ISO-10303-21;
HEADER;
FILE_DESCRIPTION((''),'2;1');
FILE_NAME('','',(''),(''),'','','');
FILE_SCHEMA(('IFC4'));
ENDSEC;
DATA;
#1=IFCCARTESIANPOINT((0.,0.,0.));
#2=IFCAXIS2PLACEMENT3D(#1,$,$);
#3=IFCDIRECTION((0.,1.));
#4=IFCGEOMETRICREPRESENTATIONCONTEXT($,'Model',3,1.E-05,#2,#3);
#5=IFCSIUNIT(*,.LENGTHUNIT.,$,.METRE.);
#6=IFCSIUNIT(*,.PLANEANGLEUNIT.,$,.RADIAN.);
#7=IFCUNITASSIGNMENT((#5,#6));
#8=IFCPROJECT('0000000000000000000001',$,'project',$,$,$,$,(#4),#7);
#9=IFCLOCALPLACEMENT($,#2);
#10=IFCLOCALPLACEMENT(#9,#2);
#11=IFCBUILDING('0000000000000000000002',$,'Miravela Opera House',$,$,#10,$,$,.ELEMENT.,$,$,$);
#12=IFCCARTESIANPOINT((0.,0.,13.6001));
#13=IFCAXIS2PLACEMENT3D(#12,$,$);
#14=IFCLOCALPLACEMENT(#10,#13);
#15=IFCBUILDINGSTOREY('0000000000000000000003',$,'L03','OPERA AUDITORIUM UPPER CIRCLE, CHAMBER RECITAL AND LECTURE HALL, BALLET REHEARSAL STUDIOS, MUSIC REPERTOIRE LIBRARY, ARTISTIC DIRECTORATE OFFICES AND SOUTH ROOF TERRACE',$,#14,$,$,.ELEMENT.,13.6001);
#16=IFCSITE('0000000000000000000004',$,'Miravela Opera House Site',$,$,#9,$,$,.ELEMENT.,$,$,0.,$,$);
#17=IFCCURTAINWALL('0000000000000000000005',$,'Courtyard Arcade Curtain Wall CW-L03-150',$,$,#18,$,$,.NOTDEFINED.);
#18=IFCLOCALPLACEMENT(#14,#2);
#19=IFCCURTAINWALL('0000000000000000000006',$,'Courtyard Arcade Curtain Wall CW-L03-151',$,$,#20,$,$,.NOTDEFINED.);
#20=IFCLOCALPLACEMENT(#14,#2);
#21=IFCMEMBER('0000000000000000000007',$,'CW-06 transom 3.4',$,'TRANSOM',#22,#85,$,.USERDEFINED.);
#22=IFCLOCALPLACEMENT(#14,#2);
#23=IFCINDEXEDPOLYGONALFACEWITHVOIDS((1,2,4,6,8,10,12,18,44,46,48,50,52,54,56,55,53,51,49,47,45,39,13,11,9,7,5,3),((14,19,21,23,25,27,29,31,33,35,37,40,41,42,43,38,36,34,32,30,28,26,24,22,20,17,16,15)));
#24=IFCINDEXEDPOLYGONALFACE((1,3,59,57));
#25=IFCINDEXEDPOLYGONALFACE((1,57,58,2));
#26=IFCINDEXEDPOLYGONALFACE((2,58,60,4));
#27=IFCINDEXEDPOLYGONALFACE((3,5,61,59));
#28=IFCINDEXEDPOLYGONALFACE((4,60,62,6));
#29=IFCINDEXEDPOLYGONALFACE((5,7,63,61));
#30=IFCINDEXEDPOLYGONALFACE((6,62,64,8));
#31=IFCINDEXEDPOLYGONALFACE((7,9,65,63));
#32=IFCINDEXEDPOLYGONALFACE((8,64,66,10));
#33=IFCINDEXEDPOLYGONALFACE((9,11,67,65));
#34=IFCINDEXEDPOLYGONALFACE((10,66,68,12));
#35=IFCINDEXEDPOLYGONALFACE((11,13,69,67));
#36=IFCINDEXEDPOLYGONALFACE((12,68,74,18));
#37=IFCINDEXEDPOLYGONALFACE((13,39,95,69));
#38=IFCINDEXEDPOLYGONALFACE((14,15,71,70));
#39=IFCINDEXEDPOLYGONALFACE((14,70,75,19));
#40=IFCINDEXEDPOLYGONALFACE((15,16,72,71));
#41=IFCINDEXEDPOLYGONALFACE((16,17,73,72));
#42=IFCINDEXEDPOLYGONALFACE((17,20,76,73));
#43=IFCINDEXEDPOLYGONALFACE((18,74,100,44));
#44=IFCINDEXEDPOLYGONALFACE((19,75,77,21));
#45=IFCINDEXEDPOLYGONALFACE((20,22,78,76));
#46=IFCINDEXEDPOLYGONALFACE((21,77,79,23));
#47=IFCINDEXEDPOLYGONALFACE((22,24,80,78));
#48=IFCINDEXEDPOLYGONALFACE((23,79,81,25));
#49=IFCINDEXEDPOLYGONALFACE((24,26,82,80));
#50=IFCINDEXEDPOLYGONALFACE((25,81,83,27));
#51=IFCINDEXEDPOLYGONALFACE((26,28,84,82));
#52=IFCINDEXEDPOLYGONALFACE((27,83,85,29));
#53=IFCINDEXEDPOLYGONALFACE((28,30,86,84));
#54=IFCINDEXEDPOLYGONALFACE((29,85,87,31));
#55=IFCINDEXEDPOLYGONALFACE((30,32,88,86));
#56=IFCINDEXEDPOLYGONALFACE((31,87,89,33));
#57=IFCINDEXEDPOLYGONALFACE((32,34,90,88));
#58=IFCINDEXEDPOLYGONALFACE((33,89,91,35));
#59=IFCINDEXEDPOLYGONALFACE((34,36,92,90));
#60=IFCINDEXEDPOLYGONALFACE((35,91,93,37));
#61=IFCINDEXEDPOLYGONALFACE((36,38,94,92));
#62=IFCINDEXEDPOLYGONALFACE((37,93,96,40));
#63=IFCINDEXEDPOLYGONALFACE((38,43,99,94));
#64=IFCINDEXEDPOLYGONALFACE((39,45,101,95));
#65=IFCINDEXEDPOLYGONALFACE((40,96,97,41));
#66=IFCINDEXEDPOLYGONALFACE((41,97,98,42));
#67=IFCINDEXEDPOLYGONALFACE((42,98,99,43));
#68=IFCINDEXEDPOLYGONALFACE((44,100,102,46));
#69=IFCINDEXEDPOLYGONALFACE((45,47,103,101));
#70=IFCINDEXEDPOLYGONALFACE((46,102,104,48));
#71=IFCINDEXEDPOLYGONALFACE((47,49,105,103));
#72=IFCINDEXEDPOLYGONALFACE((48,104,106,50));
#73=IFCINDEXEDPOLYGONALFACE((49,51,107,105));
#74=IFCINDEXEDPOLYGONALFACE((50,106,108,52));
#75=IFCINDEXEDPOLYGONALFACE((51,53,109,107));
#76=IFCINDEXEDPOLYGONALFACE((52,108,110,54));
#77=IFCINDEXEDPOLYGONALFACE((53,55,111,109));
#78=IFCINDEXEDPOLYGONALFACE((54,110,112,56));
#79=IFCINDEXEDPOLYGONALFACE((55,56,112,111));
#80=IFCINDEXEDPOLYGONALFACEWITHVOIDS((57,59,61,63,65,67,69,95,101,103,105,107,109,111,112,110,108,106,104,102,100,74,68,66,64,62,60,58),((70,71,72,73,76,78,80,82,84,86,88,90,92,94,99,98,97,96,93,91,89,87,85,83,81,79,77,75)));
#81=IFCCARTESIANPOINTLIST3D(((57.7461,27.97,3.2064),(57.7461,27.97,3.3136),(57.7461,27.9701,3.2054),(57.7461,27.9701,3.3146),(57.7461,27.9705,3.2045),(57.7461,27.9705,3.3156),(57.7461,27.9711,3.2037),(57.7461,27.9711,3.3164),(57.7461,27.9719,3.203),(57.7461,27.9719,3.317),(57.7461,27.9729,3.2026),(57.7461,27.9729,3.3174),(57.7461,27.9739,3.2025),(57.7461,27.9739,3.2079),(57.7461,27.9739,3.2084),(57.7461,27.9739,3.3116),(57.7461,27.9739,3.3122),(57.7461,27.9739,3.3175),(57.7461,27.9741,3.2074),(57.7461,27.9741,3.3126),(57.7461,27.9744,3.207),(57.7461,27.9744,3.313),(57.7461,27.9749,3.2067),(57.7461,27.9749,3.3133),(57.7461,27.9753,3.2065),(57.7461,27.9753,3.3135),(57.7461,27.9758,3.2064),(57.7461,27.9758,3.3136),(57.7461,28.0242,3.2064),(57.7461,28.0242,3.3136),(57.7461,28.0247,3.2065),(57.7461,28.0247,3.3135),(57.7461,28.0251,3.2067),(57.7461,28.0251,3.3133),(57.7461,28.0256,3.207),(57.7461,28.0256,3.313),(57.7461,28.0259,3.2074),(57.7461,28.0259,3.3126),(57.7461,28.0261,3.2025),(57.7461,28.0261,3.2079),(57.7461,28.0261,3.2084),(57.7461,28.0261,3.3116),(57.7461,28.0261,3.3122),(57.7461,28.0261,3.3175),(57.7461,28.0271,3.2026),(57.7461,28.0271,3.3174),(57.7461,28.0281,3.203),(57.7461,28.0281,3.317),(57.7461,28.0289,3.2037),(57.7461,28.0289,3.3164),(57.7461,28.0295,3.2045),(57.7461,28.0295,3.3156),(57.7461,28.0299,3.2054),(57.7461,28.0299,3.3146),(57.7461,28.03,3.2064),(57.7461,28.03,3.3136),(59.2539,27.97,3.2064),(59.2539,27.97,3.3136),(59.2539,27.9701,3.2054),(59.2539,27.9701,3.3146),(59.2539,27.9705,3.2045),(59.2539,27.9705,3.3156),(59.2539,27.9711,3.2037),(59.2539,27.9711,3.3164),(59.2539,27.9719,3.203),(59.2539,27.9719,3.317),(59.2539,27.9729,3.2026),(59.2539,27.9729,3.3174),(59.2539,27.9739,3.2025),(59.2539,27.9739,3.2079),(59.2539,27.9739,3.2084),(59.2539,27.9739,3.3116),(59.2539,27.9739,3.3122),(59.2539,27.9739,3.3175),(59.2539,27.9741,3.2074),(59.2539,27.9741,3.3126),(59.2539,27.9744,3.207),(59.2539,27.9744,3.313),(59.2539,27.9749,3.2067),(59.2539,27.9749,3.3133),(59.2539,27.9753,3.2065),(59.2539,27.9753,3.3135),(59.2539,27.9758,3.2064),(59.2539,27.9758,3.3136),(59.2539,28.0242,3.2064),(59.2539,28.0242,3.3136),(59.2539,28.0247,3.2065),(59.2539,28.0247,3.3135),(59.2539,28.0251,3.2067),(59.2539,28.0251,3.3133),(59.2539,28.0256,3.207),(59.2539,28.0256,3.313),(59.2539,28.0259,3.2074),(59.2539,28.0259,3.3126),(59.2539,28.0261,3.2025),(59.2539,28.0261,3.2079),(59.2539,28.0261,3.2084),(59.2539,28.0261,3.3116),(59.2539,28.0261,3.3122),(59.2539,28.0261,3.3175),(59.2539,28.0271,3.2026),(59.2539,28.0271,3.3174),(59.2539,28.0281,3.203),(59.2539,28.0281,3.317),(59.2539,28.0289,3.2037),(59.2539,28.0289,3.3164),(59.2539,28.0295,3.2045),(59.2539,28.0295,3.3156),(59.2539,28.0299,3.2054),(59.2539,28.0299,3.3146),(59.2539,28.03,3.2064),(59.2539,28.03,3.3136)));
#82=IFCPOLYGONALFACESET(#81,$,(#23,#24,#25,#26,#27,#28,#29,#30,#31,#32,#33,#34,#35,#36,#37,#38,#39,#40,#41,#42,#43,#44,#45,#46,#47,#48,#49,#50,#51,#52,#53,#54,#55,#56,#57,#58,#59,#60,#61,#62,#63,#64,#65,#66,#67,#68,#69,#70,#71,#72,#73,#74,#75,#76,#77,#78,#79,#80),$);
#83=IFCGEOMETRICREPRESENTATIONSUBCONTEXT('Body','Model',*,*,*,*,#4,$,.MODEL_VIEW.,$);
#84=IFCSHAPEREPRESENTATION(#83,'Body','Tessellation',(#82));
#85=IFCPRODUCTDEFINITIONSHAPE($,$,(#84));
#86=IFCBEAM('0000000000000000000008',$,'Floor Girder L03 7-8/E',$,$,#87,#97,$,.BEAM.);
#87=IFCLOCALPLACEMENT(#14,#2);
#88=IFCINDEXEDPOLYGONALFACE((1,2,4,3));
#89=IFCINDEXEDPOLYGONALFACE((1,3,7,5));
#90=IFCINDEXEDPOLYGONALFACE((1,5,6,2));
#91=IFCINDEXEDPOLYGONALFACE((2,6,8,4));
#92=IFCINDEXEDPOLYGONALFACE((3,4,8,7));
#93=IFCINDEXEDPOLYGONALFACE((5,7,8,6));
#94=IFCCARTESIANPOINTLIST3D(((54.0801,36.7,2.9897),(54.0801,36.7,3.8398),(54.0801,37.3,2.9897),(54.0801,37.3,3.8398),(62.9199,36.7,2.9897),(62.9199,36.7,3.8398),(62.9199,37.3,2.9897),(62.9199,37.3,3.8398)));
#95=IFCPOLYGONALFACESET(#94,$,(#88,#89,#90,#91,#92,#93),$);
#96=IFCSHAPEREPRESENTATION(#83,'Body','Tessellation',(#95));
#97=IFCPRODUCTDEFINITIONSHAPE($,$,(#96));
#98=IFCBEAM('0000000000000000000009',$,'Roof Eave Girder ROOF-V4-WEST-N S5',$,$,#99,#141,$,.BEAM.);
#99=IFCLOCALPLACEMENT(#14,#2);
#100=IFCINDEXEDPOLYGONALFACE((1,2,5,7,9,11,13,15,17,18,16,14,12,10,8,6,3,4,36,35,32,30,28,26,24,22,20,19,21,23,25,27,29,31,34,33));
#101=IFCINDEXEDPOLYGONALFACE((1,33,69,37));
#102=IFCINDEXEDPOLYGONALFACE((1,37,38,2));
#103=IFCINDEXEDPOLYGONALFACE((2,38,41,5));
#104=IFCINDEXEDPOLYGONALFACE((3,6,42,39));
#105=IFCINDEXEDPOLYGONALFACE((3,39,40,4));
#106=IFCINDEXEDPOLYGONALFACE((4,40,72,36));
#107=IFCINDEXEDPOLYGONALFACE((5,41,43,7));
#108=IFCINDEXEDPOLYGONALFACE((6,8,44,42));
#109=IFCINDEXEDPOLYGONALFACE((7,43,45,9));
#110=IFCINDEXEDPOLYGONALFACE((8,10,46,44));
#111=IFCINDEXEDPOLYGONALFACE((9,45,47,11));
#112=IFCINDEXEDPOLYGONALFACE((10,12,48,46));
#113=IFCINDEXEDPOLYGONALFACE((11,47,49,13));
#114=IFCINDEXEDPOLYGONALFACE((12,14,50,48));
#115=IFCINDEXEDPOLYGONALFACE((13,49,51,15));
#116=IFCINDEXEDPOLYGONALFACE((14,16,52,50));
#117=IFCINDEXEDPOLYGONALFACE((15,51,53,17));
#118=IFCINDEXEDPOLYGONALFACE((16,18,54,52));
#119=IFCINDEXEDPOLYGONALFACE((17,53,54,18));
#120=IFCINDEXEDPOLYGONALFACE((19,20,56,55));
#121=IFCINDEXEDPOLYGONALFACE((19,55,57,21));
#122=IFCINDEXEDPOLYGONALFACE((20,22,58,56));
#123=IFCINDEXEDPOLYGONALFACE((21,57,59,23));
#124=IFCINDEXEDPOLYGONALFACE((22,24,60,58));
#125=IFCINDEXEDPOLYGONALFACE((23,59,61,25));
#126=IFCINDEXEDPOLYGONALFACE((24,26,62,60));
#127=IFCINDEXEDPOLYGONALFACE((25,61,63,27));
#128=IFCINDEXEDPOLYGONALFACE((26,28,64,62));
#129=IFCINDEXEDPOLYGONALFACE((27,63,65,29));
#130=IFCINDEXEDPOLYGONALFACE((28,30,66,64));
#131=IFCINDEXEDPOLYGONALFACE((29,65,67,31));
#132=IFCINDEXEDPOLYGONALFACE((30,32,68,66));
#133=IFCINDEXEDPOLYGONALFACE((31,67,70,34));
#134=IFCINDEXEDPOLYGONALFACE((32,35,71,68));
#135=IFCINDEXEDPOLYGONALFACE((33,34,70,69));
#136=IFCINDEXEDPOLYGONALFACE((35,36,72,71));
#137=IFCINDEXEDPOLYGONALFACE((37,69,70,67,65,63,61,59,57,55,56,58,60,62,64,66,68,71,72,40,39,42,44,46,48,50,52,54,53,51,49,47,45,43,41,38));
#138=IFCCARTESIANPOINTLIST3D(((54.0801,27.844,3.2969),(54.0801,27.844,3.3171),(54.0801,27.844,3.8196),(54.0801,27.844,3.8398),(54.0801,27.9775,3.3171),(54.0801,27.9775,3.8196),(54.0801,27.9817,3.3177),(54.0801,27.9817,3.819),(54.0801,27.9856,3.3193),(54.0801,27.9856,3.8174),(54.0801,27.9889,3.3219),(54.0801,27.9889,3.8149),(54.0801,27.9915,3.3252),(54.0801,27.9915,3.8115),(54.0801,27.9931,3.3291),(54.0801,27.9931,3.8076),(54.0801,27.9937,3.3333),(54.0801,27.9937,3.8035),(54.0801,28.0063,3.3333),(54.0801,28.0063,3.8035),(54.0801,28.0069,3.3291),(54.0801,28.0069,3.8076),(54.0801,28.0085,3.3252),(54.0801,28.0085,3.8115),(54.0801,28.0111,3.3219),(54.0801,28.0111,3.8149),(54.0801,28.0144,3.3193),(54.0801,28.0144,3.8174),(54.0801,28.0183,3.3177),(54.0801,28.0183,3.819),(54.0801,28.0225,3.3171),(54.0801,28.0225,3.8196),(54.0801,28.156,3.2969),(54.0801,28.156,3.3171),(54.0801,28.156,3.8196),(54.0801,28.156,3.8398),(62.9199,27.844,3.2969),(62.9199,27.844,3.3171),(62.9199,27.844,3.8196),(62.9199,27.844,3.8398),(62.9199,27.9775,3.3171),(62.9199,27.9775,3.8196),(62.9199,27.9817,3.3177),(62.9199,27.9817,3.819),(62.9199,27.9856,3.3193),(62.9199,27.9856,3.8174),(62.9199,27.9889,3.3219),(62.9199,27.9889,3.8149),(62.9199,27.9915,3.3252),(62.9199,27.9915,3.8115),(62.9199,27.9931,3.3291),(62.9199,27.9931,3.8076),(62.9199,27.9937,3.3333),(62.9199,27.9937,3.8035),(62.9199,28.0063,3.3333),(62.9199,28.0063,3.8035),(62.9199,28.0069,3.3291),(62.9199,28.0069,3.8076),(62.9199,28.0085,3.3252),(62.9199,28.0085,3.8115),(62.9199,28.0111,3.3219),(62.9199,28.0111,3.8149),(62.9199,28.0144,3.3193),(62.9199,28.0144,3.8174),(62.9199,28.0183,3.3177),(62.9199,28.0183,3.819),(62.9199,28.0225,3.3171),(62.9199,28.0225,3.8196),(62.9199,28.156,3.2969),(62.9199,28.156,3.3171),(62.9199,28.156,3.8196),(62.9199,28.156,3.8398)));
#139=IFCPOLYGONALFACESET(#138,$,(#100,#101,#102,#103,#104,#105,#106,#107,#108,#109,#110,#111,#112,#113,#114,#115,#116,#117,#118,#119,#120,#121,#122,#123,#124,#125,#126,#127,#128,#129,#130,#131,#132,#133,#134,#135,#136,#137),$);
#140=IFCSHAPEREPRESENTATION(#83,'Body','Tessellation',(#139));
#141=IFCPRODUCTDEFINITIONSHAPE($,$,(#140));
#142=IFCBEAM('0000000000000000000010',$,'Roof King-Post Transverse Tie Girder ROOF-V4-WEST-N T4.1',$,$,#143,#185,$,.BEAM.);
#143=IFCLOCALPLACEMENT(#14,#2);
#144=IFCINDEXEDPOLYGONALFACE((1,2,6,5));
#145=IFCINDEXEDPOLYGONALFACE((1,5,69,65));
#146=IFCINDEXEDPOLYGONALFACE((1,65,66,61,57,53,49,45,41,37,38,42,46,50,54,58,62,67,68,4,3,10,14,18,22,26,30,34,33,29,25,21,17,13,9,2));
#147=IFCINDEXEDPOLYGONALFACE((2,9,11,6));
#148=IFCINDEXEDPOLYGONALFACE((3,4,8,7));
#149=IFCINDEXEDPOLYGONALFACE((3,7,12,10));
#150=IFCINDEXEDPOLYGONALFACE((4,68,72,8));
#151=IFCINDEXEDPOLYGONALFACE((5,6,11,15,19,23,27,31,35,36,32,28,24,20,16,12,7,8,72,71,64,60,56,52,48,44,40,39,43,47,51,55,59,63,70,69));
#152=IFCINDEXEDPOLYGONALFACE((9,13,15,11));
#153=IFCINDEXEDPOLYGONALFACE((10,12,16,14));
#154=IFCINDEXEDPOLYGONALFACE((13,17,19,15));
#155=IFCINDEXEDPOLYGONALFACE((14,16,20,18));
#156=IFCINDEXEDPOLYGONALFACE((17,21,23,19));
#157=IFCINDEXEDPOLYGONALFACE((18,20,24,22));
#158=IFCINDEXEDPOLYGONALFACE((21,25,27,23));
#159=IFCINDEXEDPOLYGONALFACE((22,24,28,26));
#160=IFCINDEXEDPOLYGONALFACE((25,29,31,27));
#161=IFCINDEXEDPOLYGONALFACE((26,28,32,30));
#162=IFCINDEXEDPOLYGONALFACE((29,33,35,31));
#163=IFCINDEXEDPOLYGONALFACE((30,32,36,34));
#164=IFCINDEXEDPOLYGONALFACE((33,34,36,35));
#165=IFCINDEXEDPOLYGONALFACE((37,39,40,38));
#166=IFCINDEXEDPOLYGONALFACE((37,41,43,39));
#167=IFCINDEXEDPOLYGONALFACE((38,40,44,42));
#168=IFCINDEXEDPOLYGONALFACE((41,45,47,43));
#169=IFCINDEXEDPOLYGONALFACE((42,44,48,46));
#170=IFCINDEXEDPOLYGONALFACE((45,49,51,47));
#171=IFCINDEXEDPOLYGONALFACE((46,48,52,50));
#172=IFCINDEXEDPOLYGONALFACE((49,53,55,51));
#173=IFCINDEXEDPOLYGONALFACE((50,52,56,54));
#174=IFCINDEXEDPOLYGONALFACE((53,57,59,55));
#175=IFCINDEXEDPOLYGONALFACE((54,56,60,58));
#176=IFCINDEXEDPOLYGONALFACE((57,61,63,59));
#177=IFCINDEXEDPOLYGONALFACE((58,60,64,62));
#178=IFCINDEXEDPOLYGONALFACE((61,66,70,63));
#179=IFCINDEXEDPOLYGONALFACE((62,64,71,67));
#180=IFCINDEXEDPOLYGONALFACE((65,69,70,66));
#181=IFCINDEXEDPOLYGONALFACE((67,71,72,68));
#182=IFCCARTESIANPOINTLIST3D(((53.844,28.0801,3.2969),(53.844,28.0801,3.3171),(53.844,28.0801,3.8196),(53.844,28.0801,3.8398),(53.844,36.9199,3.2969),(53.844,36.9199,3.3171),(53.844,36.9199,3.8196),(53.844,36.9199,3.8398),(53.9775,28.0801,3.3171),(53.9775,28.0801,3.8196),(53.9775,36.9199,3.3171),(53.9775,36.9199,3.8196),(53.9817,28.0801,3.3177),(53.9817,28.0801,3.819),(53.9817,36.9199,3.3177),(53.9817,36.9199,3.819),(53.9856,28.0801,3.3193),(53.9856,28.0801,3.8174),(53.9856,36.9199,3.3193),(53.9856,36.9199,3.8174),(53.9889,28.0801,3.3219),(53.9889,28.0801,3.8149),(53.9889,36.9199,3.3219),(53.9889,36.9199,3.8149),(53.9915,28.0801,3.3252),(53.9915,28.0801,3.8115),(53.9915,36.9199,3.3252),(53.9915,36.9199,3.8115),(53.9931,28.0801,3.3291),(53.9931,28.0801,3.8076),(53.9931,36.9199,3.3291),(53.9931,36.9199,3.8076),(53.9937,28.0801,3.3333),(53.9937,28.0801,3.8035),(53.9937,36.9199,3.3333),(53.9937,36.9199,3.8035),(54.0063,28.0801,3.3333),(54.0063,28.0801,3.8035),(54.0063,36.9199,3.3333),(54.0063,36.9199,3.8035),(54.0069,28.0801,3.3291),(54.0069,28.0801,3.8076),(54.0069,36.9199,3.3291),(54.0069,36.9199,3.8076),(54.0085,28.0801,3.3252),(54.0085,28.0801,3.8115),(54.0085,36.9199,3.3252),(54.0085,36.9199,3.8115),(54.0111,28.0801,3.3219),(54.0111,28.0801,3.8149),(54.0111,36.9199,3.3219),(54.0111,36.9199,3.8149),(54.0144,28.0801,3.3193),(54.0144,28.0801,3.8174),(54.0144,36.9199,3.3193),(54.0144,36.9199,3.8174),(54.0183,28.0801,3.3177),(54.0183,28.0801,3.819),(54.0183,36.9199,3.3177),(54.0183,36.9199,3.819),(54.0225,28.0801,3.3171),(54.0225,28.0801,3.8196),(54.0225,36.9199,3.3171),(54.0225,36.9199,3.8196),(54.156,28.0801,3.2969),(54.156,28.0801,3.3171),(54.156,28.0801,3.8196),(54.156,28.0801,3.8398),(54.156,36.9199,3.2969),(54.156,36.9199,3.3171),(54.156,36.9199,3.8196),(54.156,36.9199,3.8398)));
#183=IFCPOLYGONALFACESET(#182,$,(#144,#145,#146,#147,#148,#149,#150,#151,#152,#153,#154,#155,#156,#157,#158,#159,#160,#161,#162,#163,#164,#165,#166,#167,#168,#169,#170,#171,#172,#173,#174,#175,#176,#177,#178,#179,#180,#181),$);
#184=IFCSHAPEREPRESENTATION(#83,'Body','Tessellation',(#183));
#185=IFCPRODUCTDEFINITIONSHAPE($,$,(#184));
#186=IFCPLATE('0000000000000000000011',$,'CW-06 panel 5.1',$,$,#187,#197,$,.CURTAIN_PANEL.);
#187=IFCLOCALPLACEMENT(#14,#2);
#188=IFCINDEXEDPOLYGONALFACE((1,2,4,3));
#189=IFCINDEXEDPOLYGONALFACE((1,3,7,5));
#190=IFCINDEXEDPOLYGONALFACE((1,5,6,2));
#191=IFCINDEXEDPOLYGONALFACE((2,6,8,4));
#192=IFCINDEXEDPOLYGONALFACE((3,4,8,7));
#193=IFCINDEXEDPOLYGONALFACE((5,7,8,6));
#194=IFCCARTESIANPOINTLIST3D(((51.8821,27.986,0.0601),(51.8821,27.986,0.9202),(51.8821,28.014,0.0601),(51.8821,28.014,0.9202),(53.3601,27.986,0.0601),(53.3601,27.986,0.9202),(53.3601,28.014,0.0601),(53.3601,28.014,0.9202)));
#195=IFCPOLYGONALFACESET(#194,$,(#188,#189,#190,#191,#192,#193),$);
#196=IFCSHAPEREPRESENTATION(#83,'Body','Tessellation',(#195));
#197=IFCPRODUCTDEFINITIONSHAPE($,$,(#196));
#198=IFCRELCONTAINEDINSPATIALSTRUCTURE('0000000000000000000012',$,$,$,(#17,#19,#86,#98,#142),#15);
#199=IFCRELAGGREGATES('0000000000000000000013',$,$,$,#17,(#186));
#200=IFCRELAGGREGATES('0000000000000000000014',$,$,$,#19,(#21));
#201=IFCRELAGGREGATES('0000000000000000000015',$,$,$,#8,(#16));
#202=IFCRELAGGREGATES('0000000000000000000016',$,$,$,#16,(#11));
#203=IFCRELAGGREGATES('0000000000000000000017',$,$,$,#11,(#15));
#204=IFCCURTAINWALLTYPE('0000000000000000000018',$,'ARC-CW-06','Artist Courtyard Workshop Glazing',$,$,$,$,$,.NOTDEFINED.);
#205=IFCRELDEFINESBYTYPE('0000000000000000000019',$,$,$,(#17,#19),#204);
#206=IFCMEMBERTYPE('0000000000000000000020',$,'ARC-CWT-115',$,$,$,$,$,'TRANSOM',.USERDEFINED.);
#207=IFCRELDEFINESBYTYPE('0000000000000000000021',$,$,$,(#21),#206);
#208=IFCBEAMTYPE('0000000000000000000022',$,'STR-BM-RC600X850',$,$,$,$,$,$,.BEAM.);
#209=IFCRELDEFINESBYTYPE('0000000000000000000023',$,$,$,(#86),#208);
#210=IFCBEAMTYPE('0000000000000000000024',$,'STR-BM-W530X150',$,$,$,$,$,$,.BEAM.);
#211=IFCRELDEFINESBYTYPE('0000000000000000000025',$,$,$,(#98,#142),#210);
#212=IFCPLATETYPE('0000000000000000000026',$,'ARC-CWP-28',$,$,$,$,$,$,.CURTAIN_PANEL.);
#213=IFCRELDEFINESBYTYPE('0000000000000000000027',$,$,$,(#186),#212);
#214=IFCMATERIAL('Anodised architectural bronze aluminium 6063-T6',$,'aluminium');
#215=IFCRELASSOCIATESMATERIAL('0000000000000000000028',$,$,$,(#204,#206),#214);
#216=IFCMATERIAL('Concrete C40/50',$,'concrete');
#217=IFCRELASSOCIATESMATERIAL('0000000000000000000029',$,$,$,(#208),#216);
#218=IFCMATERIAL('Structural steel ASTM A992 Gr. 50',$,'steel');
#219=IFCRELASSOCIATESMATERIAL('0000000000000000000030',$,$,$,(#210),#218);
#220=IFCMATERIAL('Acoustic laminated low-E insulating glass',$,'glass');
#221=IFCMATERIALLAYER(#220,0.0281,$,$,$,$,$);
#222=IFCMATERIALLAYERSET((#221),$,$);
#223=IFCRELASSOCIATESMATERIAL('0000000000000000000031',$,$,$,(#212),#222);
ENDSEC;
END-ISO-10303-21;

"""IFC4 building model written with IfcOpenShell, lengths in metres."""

from ifc_helpers import new_model, si_unit, direction, frame, origin, origin_2d, place, context, subcontext, project, spatial, rectangle, hollow_rectangle, i_section, extrude, material, layer, layer_set, material_profile, profile_set, type_object, element, aggregate, save


model = new_model("IFC4")

# Units and contexts
model_context = context("Model", 3, precision=1e-05, world=origin(), true_north=direction((0.0, 1.0)))
body_context = subcontext(model_context, "Body", "Model", "MODEL_VIEW")
ifc_project = project(units=[si_unit("LENGTHUNIT", "METRE"), si_unit("PLANEANGLEUNIT", "RADIAN")], contexts=[model_context])

# Site, building, storey
site_placement = place(None, origin())
site = spatial("IfcSite", under=ifc_project, at=site_placement, Name="Miravela Opera House Site", CompositionType="ELEMENT", RefElevation=0.0)
building_placement = place(site_placement, origin())
building = spatial("IfcBuilding", under=site, at=building_placement, Name="Miravela Opera House", CompositionType="ELEMENT")
storey_placement = place(building_placement, frame((0.0, 0.0, 13.6001)))
storey = spatial("IfcBuildingStorey", under=building, at=storey_placement, Name="L03", Description="OPERA AUDITORIUM UPPER CIRCLE, CHAMBER RECITAL AND LECTURE HALL, BALLET REHEARSAL STUDIOS, MUSIC REPERTOIRE LIBRARY, ARTISTIC DIRECTORATE OFFICES AND SOUTH ROOF TERRACE", CompositionType="ELEMENT", Elevation=13.6001)

# Curtain wall
ifc_material_1 = material(Name="Anodised architectural bronze aluminium 6063-T6", Category="aluminium")
curtain_wall_type = type_object("IfcCurtainWallType", Name="ARC-CW-06", Description="Artist Courtyard Workshop Glazing", PredefinedType="NOTDEFINED", material=ifc_material_1)
curtain_wall_1_placement = place(storey_placement, origin())
curtain_wall_1 = element("IfcCurtainWall", 1, at=curtain_wall_1_placement, inside=storey, type_object=curtain_wall_type, Name="Courtyard Arcade Curtain Wall CW-L03-150", PredefinedType="NOTDEFINED")

# Curtain wall
curtain_wall_2_placement = place(storey_placement, origin())
curtain_wall_2 = element("IfcCurtainWall", 2, at=curtain_wall_2_placement, inside=storey, type_object=curtain_wall_type, Name="Courtyard Arcade Curtain Wall CW-L03-151", PredefinedType="NOTDEFINED")

# Member
ifc_material_profile_1 = material_profile(ifc_material_1, hollow_rectangle(XDim=0.0601, YDim=0.115, WallThickness=0.0039, InnerFilletRadius=0.002, OuterFilletRadius=0.0039, at=origin_2d()), Name="CWT-60X115")
ifc_profile_set_1 = profile_set([ifc_material_profile_1])
member_type_1 = type_object("IfcMemberType", Name="ARC-CWT-115", ElementType="TRANSOM", PredefinedType="USERDEFINED", material=ifc_profile_set_1)
member_1_placement = place(storey_placement, frame((57.7461, 28.0, 3.26), z_axis=(1.0, 0.0, 0.0), x_axis=(0.0, 1.0, 0.0)))
member_1 = element("IfcMember", 3, at=member_1_placement, type_object=member_type_1, Name="CW-06 transom 3.4", ObjectType="TRANSOM", PredefinedType="USERDEFINED", context=body_context, shape_type="SweptSolid", body=[
    extrude(hollow_rectangle(XDim=0.0601, YDim=0.115, WallThickness=0.0039, InnerFilletRadius=0.002, OuterFilletRadius=0.0039, at=origin_2d()), origin(), (0.0, 0.0, 1.0), 1.5078),
])

# Beams
ifc_material_2 = material(Name="Concrete C40/50", Category="concrete")
ifc_material_profile_2 = material_profile(ifc_material_2, rectangle(XDim=0.6001, YDim=0.8501, at=origin_2d()), Name="RC-BM-600X850")
ifc_profile_set_2 = profile_set([ifc_material_profile_2])
beam_type_1 = type_object("IfcBeamType", Name="STR-BM-RC600X850", PredefinedType="BEAM", material=ifc_profile_set_2)
beam_placement = place(storey_placement, frame((54.0801, 37.0, 3.4148), z_axis=(1.0, 0.0, 0.0), x_axis=(0.0, 1.0, 0.0)))
element("IfcBeam", 4, at=beam_placement, inside=storey, type_object=beam_type_1, Name="Floor Girder L03 7-8/E", PredefinedType="BEAM", context=body_context, shape_type="SweptSolid", body=[
    extrude(rectangle(XDim=0.6001, YDim=0.8501, at=origin_2d()), origin(), (0.0, 0.0, 1.0), 8.8398),
])
ifc_material_3 = material(Name="Structural steel ASTM A992 Gr. 50", Category="steel")
ifc_material_profile_3 = material_profile(ifc_material_3, i_section(OverallWidth=0.312, OverallDepth=0.543, WebThickness=0.0127, FlangeThickness=0.0203, FilletRadius=0.0161, at=origin_2d()), Name="W530X150")
ifc_profile_set_3 = profile_set([ifc_material_profile_3])
beam_type_2 = type_object("IfcBeamType", Name="STR-BM-W530X150", PredefinedType="BEAM", material=ifc_profile_set_3)
for number, where, z_axis, x_axis, name in (
    (5, (54.0801, 28.0, 3.5684), (1.0, 0.0, 0.0), (0.0, 1.0, 0.0), "Roof Eave Girder ROOF-V4-WEST-N S5"),
    (6, (54.0, 28.0801, 3.5684), (0.0, 1.0, 0.0), (-1.0, 0.0, 0.0), "Roof King-Post Transverse Tie Girder ROOF-V4-WEST-N T4.1"),
):
    element("IfcBeam", number, at=place(storey_placement, frame(where, z_axis=z_axis, x_axis=x_axis)), inside=storey, type_object=beam_type_2, Name=name, PredefinedType="BEAM", context=body_context, shape_type="SweptSolid", body=[
        extrude(i_section(OverallWidth=0.312, OverallDepth=0.543, WebThickness=0.0127, FlangeThickness=0.0203, FilletRadius=0.0161, at=origin_2d()), origin(), (0.0, 0.0, 1.0), 8.8398),
    ])

# Plate
ifc_material_4 = material(Name="Acoustic laminated low-E insulating glass", Category="glass")
ifc_layer_1 = layer(ifc_material_4, 0.0281)
ifc_layer_set_1 = layer_set([ifc_layer_1])
plate_type = type_object("IfcPlateType", Name="ARC-CWP-28", PredefinedType="CURTAIN_PANEL", material=ifc_layer_set_1)
plate_1_placement = place(storey_placement, frame((52.6211, 28.0, 0.0601), z_axis=(0.0, 0.0, 1.0), x_axis=(1.0, 0.0, 0.0)))
plate_1 = element("IfcPlate", 7, at=plate_1_placement, type_object=plate_type, Name="CW-06 panel 5.1", PredefinedType="CURTAIN_PANEL", context=body_context, shape_type="SweptSolid", body=[
    extrude(rectangle(XDim=1.478, YDim=0.0281, at=origin_2d()), origin(), (0.0, 0.0, 1.0), 0.8601),
])
aggregate(curtain_wall_1, [plate_1])
aggregate(curtain_wall_2, [member_1])

save(model, "model.ifc")
